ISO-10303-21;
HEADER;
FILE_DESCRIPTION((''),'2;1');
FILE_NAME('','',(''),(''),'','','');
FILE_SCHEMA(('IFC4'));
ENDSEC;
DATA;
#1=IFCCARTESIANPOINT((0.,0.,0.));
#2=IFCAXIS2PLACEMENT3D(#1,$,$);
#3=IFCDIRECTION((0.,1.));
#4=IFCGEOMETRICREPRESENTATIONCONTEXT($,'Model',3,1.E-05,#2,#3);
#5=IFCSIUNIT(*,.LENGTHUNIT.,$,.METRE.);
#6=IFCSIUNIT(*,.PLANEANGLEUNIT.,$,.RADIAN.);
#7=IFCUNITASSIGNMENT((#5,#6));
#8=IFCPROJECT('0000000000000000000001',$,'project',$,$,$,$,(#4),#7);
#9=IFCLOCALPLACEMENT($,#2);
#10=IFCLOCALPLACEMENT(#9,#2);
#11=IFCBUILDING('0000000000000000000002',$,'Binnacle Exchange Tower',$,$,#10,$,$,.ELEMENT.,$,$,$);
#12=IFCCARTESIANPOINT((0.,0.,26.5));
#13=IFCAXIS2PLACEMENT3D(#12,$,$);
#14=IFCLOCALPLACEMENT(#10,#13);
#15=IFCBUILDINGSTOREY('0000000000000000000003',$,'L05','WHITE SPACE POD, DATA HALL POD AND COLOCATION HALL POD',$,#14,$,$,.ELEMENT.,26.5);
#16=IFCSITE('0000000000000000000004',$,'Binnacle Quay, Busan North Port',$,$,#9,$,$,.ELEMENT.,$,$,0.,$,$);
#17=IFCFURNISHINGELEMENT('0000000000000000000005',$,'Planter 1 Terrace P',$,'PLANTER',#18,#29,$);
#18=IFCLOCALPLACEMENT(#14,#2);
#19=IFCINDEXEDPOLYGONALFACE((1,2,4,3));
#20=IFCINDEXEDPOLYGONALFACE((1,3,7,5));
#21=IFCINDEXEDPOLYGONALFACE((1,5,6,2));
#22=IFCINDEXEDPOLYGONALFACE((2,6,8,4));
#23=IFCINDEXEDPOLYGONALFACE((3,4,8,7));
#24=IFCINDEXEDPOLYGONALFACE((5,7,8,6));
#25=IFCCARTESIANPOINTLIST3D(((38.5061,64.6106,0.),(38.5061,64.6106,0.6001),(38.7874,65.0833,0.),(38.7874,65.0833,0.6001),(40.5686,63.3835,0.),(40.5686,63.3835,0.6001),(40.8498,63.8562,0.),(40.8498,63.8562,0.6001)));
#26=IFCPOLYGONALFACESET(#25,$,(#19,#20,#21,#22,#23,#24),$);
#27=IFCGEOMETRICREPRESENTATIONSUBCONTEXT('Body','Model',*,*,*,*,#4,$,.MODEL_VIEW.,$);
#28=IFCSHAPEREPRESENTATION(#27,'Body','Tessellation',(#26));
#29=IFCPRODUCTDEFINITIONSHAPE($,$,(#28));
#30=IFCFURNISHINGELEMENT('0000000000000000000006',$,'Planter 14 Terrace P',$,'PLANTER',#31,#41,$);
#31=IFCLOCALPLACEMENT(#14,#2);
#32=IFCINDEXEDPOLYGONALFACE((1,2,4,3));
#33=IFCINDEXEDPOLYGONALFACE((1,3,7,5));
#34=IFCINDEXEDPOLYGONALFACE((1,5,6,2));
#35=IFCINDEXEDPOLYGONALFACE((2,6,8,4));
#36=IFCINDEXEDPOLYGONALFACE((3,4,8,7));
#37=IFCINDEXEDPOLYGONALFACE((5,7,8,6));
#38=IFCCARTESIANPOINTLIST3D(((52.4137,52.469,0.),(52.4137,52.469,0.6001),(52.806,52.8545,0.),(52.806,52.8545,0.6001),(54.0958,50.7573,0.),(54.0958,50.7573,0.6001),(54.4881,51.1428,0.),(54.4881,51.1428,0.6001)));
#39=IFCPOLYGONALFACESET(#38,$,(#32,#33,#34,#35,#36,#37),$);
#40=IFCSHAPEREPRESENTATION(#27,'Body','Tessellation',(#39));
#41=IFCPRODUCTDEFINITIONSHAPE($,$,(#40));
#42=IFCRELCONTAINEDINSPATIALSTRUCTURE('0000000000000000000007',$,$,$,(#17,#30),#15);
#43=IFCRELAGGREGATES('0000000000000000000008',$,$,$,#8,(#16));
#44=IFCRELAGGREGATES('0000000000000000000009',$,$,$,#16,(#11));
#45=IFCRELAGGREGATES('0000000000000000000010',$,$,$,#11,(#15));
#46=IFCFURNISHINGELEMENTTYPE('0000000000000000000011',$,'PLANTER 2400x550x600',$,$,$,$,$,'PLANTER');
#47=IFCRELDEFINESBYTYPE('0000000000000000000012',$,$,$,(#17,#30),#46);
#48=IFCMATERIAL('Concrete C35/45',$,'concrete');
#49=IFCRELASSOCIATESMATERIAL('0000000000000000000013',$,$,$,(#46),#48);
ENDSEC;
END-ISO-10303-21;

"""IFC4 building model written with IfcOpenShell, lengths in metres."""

from ifc_helpers import new_model, si_unit, direction, frame, origin, origin_2d, place, context, subcontext, project, spatial, rectangle, extrude, material, type_object, element, save


model = new_model("IFC4")

# Units and contexts
model_context = context("Model", 3, precision=1e-05, world=origin(), true_north=direction((0.0, 1.0)))
body_context = subcontext(model_context, "Body", "Model", "MODEL_VIEW")
ifc_project = project(units=[si_unit("LENGTHUNIT", "METRE"), si_unit("PLANEANGLEUNIT", "RADIAN")], contexts=[model_context])

# Site, building, storey
site_placement = place(None, origin())
site = spatial("IfcSite", under=ifc_project, at=site_placement, Name="Binnacle Quay, Busan North Port", CompositionType="ELEMENT", RefElevation=0.0)
building_placement = place(site_placement, origin())
building = spatial("IfcBuilding", under=site, at=building_placement, Name="Binnacle Exchange Tower", CompositionType="ELEMENT")
storey_placement = place(building_placement, frame((0.0, 0.0, 26.5)))
storey = spatial("IfcBuildingStorey", under=building, at=storey_placement, Name="L05", Description="WHITE SPACE POD, DATA HALL POD AND COLOCATION HALL POD", CompositionType="ELEMENT", Elevation=26.5)

# Furnishing elements
ifc_material_1 = material(Name="Concrete C35/45", Category="concrete")
furnishing_element_type = type_object("IfcFurnishingElementType", Name="PLANTER 2400x550x600", ElementType="PLANTER", material=ifc_material_1)
for number, where, z_axis, x_axis, name in (
    (1, (39.678, 64.2334, 0.0), (0.0, 0.0, 1.0), (-0.859404, 0.511298, 0.0), "Planter 1 Terrace P"),
    (2, (53.4509, 51.8059, 0.0), (0.0, 0.0, 1.0), (-0.700909, 0.71325, 0.0), "Planter 14 Terrace P"),
):
    element("IfcFurnishingElement", number, at=place(storey_placement, frame(where, z_axis=z_axis, x_axis=x_axis)), inside=storey, type_object=furnishing_element_type, Name=name, ObjectType="PLANTER", context=body_context, shape_type="SweptSolid", body=[
        extrude(rectangle(XDim=2.3999, YDim=0.55, at=origin_2d()), origin(), (0.0, 0.0, 1.0), 0.6001),
    ])

save(model, "model.ifc")
